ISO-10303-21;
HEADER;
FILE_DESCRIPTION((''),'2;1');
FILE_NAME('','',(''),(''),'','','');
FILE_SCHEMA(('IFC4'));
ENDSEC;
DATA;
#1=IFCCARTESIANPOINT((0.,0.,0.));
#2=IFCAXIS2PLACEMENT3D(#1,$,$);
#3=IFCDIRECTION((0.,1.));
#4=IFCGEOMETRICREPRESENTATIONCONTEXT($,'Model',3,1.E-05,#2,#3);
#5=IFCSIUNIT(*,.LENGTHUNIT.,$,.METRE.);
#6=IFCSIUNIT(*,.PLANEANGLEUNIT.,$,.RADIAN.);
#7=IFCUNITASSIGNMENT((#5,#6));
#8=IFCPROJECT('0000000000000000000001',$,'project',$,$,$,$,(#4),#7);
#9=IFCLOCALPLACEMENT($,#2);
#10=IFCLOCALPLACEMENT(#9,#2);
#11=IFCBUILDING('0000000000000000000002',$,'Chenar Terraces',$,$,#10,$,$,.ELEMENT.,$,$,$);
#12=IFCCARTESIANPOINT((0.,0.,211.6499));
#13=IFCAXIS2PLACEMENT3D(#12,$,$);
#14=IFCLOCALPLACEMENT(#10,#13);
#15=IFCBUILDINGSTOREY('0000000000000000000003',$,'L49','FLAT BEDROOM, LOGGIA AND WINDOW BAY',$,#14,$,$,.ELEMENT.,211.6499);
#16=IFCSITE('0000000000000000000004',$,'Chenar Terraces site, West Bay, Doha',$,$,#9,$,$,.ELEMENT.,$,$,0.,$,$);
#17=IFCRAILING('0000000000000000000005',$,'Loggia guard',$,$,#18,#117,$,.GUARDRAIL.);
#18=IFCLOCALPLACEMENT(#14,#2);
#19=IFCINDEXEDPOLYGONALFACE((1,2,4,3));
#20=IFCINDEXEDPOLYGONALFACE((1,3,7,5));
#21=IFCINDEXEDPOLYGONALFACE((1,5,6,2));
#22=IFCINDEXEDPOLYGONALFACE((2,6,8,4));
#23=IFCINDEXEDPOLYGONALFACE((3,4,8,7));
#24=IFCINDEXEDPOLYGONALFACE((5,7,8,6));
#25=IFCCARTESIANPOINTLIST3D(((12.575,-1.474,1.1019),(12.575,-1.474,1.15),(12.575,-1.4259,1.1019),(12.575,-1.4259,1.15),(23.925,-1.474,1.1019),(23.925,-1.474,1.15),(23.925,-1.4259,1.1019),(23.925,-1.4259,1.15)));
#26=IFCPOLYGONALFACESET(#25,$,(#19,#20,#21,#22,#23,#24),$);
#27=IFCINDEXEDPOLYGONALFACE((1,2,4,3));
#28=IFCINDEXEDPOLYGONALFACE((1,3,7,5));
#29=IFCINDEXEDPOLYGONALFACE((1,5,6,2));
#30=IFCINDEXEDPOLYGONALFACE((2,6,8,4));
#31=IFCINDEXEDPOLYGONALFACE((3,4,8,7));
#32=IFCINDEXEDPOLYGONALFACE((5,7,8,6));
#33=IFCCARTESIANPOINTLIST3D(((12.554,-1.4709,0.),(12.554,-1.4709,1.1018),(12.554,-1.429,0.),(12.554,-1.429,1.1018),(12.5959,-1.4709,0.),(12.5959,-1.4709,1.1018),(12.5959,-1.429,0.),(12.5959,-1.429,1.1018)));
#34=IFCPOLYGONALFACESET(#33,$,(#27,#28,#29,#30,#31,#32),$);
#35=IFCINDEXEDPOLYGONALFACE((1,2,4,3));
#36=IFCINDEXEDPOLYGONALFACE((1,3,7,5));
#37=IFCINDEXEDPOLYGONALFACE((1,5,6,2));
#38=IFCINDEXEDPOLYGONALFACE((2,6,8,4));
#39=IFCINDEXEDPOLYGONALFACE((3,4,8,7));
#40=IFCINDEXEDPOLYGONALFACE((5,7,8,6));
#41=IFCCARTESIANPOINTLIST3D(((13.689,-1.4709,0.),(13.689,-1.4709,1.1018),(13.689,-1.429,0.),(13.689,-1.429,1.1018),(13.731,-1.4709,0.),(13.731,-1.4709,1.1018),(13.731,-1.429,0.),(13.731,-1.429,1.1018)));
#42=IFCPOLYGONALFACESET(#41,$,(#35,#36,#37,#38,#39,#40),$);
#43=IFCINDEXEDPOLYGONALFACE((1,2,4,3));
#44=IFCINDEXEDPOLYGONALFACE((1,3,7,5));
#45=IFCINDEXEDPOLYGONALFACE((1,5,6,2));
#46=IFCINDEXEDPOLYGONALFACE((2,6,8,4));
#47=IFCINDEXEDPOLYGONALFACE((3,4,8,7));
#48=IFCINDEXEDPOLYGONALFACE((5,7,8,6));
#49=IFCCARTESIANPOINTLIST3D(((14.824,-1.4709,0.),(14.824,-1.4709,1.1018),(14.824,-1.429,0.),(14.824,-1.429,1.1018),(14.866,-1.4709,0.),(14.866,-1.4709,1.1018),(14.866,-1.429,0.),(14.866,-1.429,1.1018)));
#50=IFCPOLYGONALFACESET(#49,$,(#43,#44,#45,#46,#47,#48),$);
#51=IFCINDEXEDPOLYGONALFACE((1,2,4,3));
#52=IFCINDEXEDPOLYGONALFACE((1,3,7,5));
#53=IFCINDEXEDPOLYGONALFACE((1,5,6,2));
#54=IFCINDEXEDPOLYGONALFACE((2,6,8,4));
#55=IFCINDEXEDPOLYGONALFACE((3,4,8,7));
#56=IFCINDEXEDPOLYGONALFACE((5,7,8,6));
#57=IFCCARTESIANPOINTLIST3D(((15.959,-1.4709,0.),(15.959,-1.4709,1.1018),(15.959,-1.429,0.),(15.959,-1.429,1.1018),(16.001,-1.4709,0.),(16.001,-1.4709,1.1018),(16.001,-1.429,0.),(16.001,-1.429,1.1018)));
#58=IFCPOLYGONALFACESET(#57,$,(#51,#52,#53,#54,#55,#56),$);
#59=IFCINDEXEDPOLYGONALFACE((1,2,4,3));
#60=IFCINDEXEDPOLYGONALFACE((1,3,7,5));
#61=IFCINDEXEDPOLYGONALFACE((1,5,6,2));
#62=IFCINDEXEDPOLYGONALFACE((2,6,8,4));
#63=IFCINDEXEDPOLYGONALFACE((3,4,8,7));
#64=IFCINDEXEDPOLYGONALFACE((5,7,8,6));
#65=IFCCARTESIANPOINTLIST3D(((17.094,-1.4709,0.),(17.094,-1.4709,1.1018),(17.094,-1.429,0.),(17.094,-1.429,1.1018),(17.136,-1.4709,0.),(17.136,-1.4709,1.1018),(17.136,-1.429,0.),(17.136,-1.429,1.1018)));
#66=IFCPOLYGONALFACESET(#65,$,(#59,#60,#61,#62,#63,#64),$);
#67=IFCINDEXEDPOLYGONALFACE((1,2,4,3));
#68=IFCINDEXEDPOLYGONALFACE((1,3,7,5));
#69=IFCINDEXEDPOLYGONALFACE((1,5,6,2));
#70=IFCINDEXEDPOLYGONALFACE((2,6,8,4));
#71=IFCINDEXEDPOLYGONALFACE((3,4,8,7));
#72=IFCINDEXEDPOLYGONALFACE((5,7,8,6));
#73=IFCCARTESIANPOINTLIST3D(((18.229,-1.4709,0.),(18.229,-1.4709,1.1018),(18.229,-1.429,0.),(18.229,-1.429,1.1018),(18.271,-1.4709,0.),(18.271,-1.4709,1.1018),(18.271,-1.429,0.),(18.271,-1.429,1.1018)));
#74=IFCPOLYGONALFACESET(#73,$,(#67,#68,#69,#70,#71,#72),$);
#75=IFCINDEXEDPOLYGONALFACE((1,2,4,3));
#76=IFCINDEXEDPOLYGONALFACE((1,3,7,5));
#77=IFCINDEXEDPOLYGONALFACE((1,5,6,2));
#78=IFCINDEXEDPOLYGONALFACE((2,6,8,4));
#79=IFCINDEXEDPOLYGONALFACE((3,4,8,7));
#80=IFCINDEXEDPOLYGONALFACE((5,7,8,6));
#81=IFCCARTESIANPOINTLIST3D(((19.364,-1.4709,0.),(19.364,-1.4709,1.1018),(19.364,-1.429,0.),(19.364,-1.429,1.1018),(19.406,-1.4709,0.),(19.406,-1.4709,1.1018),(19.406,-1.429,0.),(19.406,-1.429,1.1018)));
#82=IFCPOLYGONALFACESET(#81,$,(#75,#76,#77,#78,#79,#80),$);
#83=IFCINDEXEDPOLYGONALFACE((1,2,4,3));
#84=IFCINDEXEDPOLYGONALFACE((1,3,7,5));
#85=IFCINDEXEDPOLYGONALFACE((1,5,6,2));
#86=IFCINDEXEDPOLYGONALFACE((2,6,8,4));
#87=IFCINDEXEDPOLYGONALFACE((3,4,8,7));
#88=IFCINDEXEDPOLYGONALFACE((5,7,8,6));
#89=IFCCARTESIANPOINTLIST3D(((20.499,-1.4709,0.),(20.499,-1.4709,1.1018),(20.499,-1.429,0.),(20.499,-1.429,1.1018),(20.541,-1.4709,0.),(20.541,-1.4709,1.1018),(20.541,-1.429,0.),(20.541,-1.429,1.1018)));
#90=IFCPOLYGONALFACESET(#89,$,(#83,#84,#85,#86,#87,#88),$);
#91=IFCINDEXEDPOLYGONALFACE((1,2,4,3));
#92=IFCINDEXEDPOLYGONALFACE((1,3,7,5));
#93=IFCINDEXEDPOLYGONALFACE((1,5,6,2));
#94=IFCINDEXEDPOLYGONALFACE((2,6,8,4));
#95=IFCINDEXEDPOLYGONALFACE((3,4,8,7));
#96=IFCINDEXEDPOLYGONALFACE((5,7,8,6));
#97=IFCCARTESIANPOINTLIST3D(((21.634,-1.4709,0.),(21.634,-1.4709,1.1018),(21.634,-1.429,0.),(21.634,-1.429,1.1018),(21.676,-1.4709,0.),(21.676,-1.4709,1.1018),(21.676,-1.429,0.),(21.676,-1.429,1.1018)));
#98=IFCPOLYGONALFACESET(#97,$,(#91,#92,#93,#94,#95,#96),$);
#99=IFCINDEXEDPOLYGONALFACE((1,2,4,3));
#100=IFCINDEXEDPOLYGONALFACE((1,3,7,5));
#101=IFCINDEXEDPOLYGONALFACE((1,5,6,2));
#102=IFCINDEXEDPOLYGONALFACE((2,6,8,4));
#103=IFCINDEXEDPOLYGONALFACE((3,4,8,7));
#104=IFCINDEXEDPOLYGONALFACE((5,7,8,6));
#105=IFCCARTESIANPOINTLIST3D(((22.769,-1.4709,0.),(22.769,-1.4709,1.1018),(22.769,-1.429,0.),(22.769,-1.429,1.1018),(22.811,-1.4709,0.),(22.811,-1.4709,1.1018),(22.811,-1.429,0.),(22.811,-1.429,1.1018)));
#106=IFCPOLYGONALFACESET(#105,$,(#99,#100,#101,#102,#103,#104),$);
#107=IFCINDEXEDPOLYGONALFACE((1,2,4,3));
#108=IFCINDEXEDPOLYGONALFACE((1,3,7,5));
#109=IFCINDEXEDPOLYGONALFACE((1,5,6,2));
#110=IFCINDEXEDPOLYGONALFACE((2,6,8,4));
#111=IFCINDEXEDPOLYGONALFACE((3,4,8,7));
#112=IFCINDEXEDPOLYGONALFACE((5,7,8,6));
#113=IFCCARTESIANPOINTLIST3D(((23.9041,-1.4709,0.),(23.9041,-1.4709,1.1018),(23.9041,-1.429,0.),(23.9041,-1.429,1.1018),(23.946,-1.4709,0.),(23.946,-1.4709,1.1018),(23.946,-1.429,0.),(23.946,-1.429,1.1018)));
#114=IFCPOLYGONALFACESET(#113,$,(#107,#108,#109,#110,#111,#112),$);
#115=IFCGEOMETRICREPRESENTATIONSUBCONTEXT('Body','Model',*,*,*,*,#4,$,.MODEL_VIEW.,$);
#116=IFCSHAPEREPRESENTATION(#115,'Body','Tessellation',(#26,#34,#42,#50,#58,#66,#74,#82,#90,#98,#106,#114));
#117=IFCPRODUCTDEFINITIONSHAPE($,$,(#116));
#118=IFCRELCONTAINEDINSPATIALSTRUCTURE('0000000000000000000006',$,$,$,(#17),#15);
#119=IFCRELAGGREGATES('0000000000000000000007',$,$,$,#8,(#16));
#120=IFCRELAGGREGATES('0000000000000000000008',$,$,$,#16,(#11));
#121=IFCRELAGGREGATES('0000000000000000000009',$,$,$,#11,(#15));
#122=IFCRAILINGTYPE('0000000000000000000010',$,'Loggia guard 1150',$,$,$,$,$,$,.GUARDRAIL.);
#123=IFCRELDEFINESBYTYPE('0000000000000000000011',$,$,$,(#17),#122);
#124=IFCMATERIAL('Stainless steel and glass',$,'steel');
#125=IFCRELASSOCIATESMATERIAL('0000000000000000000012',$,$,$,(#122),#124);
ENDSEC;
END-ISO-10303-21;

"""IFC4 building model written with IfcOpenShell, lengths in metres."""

from ifc_helpers import new_model, si_unit, direction, frame, origin, origin_2d, place, context, subcontext, project, spatial, rectangle, extrude, material, type_object, element, save


model = new_model("IFC4")

# Units and contexts
model_context = context("Model", 3, precision=1e-05, world=origin(), true_north=direction((0.0, 1.0)))
body_context = subcontext(model_context, "Body", "Model", "MODEL_VIEW")
ifc_project = project(units=[si_unit("LENGTHUNIT", "METRE"), si_unit("PLANEANGLEUNIT", "RADIAN")], contexts=[model_context])

# Site, building, storey
site_placement = place(None, origin())
site = spatial("IfcSite", under=ifc_project, at=site_placement, Name="Chenar Terraces site, West Bay, Doha", CompositionType="ELEMENT", RefElevation=0.0)
building_placement = place(site_placement, origin())
building = spatial("IfcBuilding", under=site, at=building_placement, Name="Chenar Terraces", CompositionType="ELEMENT")
storey_placement = place(building_placement, frame((0.0, 0.0, 211.6499)))
storey = spatial("IfcBuildingStorey", under=building, at=storey_placement, Name="L49", Description="FLAT BEDROOM, LOGGIA AND WINDOW BAY", CompositionType="ELEMENT", Elevation=211.6499)

# Railing
ifc_material_1 = material(Name="Stainless steel and glass", Category="steel")
railing_type = type_object("IfcRailingType", Name="Loggia guard 1150", PredefinedType="GUARDRAIL", material=ifc_material_1)
railing_placement = place(storey_placement, frame((12.575, -1.45, 0.0)))
element("IfcRailing", 1, at=railing_placement, inside=storey, type_object=railing_type, Name="Loggia guard", PredefinedType="GUARDRAIL", context=body_context, shape_type="SweptSolid", body=[
    extrude(rectangle(XDim=0.0481, YDim=0.0481, at=origin_2d()), frame((0.0, 0.0, 1.126), z_axis=(1.0, 0.0, 0.0), x_axis=(0.0, 1.0, 0.0)), (0.0, 0.0, 1.0), 11.3501),
    extrude(rectangle(XDim=0.042, YDim=0.042, at=origin_2d()), origin(), (0.0, 0.0, 1.0), 1.1018),
    extrude(rectangle(XDim=0.042, YDim=0.042, at=origin_2d()), frame((1.135, 0.0, 0.0)), (0.0, 0.0, 1.0), 1.1018),
    extrude(rectangle(XDim=0.042, YDim=0.042, at=origin_2d()), frame((2.27, 0.0, 0.0)), (0.0, 0.0, 1.0), 1.1018),
    extrude(rectangle(XDim=0.042, YDim=0.042, at=origin_2d()), frame((3.405, 0.0, 0.0)), (0.0, 0.0, 1.0), 1.1018),
    extrude(rectangle(XDim=0.042, YDim=0.042, at=origin_2d()), frame((4.54, 0.0, 0.0)), (0.0, 0.0, 1.0), 1.1018),
    extrude(rectangle(XDim=0.042, YDim=0.042, at=origin_2d()), frame((5.675, 0.0, 0.0)), (0.0, 0.0, 1.0), 1.1018),
    extrude(rectangle(XDim=0.042, YDim=0.042, at=origin_2d()), frame((6.8101, 0.0, 0.0)), (0.0, 0.0, 1.0), 1.1018),
    extrude(rectangle(XDim=0.042, YDim=0.042, at=origin_2d()), frame((7.9451, 0.0, 0.0)), (0.0, 0.0, 1.0), 1.1018),
    extrude(rectangle(XDim=0.042, YDim=0.042, at=origin_2d()), frame((9.0801, 0.0, 0.0)), (0.0, 0.0, 1.0), 1.1018),
    extrude(rectangle(XDim=0.042, YDim=0.042, at=origin_2d()), frame((10.2151, 0.0, 0.0)), (0.0, 0.0, 1.0), 1.1018),
    extrude(rectangle(XDim=0.042, YDim=0.042, at=origin_2d()), frame((11.3501, 0.0, 0.0)), (0.0, 0.0, 1.0), 1.1018),
])

save(model, "model.ifc")
